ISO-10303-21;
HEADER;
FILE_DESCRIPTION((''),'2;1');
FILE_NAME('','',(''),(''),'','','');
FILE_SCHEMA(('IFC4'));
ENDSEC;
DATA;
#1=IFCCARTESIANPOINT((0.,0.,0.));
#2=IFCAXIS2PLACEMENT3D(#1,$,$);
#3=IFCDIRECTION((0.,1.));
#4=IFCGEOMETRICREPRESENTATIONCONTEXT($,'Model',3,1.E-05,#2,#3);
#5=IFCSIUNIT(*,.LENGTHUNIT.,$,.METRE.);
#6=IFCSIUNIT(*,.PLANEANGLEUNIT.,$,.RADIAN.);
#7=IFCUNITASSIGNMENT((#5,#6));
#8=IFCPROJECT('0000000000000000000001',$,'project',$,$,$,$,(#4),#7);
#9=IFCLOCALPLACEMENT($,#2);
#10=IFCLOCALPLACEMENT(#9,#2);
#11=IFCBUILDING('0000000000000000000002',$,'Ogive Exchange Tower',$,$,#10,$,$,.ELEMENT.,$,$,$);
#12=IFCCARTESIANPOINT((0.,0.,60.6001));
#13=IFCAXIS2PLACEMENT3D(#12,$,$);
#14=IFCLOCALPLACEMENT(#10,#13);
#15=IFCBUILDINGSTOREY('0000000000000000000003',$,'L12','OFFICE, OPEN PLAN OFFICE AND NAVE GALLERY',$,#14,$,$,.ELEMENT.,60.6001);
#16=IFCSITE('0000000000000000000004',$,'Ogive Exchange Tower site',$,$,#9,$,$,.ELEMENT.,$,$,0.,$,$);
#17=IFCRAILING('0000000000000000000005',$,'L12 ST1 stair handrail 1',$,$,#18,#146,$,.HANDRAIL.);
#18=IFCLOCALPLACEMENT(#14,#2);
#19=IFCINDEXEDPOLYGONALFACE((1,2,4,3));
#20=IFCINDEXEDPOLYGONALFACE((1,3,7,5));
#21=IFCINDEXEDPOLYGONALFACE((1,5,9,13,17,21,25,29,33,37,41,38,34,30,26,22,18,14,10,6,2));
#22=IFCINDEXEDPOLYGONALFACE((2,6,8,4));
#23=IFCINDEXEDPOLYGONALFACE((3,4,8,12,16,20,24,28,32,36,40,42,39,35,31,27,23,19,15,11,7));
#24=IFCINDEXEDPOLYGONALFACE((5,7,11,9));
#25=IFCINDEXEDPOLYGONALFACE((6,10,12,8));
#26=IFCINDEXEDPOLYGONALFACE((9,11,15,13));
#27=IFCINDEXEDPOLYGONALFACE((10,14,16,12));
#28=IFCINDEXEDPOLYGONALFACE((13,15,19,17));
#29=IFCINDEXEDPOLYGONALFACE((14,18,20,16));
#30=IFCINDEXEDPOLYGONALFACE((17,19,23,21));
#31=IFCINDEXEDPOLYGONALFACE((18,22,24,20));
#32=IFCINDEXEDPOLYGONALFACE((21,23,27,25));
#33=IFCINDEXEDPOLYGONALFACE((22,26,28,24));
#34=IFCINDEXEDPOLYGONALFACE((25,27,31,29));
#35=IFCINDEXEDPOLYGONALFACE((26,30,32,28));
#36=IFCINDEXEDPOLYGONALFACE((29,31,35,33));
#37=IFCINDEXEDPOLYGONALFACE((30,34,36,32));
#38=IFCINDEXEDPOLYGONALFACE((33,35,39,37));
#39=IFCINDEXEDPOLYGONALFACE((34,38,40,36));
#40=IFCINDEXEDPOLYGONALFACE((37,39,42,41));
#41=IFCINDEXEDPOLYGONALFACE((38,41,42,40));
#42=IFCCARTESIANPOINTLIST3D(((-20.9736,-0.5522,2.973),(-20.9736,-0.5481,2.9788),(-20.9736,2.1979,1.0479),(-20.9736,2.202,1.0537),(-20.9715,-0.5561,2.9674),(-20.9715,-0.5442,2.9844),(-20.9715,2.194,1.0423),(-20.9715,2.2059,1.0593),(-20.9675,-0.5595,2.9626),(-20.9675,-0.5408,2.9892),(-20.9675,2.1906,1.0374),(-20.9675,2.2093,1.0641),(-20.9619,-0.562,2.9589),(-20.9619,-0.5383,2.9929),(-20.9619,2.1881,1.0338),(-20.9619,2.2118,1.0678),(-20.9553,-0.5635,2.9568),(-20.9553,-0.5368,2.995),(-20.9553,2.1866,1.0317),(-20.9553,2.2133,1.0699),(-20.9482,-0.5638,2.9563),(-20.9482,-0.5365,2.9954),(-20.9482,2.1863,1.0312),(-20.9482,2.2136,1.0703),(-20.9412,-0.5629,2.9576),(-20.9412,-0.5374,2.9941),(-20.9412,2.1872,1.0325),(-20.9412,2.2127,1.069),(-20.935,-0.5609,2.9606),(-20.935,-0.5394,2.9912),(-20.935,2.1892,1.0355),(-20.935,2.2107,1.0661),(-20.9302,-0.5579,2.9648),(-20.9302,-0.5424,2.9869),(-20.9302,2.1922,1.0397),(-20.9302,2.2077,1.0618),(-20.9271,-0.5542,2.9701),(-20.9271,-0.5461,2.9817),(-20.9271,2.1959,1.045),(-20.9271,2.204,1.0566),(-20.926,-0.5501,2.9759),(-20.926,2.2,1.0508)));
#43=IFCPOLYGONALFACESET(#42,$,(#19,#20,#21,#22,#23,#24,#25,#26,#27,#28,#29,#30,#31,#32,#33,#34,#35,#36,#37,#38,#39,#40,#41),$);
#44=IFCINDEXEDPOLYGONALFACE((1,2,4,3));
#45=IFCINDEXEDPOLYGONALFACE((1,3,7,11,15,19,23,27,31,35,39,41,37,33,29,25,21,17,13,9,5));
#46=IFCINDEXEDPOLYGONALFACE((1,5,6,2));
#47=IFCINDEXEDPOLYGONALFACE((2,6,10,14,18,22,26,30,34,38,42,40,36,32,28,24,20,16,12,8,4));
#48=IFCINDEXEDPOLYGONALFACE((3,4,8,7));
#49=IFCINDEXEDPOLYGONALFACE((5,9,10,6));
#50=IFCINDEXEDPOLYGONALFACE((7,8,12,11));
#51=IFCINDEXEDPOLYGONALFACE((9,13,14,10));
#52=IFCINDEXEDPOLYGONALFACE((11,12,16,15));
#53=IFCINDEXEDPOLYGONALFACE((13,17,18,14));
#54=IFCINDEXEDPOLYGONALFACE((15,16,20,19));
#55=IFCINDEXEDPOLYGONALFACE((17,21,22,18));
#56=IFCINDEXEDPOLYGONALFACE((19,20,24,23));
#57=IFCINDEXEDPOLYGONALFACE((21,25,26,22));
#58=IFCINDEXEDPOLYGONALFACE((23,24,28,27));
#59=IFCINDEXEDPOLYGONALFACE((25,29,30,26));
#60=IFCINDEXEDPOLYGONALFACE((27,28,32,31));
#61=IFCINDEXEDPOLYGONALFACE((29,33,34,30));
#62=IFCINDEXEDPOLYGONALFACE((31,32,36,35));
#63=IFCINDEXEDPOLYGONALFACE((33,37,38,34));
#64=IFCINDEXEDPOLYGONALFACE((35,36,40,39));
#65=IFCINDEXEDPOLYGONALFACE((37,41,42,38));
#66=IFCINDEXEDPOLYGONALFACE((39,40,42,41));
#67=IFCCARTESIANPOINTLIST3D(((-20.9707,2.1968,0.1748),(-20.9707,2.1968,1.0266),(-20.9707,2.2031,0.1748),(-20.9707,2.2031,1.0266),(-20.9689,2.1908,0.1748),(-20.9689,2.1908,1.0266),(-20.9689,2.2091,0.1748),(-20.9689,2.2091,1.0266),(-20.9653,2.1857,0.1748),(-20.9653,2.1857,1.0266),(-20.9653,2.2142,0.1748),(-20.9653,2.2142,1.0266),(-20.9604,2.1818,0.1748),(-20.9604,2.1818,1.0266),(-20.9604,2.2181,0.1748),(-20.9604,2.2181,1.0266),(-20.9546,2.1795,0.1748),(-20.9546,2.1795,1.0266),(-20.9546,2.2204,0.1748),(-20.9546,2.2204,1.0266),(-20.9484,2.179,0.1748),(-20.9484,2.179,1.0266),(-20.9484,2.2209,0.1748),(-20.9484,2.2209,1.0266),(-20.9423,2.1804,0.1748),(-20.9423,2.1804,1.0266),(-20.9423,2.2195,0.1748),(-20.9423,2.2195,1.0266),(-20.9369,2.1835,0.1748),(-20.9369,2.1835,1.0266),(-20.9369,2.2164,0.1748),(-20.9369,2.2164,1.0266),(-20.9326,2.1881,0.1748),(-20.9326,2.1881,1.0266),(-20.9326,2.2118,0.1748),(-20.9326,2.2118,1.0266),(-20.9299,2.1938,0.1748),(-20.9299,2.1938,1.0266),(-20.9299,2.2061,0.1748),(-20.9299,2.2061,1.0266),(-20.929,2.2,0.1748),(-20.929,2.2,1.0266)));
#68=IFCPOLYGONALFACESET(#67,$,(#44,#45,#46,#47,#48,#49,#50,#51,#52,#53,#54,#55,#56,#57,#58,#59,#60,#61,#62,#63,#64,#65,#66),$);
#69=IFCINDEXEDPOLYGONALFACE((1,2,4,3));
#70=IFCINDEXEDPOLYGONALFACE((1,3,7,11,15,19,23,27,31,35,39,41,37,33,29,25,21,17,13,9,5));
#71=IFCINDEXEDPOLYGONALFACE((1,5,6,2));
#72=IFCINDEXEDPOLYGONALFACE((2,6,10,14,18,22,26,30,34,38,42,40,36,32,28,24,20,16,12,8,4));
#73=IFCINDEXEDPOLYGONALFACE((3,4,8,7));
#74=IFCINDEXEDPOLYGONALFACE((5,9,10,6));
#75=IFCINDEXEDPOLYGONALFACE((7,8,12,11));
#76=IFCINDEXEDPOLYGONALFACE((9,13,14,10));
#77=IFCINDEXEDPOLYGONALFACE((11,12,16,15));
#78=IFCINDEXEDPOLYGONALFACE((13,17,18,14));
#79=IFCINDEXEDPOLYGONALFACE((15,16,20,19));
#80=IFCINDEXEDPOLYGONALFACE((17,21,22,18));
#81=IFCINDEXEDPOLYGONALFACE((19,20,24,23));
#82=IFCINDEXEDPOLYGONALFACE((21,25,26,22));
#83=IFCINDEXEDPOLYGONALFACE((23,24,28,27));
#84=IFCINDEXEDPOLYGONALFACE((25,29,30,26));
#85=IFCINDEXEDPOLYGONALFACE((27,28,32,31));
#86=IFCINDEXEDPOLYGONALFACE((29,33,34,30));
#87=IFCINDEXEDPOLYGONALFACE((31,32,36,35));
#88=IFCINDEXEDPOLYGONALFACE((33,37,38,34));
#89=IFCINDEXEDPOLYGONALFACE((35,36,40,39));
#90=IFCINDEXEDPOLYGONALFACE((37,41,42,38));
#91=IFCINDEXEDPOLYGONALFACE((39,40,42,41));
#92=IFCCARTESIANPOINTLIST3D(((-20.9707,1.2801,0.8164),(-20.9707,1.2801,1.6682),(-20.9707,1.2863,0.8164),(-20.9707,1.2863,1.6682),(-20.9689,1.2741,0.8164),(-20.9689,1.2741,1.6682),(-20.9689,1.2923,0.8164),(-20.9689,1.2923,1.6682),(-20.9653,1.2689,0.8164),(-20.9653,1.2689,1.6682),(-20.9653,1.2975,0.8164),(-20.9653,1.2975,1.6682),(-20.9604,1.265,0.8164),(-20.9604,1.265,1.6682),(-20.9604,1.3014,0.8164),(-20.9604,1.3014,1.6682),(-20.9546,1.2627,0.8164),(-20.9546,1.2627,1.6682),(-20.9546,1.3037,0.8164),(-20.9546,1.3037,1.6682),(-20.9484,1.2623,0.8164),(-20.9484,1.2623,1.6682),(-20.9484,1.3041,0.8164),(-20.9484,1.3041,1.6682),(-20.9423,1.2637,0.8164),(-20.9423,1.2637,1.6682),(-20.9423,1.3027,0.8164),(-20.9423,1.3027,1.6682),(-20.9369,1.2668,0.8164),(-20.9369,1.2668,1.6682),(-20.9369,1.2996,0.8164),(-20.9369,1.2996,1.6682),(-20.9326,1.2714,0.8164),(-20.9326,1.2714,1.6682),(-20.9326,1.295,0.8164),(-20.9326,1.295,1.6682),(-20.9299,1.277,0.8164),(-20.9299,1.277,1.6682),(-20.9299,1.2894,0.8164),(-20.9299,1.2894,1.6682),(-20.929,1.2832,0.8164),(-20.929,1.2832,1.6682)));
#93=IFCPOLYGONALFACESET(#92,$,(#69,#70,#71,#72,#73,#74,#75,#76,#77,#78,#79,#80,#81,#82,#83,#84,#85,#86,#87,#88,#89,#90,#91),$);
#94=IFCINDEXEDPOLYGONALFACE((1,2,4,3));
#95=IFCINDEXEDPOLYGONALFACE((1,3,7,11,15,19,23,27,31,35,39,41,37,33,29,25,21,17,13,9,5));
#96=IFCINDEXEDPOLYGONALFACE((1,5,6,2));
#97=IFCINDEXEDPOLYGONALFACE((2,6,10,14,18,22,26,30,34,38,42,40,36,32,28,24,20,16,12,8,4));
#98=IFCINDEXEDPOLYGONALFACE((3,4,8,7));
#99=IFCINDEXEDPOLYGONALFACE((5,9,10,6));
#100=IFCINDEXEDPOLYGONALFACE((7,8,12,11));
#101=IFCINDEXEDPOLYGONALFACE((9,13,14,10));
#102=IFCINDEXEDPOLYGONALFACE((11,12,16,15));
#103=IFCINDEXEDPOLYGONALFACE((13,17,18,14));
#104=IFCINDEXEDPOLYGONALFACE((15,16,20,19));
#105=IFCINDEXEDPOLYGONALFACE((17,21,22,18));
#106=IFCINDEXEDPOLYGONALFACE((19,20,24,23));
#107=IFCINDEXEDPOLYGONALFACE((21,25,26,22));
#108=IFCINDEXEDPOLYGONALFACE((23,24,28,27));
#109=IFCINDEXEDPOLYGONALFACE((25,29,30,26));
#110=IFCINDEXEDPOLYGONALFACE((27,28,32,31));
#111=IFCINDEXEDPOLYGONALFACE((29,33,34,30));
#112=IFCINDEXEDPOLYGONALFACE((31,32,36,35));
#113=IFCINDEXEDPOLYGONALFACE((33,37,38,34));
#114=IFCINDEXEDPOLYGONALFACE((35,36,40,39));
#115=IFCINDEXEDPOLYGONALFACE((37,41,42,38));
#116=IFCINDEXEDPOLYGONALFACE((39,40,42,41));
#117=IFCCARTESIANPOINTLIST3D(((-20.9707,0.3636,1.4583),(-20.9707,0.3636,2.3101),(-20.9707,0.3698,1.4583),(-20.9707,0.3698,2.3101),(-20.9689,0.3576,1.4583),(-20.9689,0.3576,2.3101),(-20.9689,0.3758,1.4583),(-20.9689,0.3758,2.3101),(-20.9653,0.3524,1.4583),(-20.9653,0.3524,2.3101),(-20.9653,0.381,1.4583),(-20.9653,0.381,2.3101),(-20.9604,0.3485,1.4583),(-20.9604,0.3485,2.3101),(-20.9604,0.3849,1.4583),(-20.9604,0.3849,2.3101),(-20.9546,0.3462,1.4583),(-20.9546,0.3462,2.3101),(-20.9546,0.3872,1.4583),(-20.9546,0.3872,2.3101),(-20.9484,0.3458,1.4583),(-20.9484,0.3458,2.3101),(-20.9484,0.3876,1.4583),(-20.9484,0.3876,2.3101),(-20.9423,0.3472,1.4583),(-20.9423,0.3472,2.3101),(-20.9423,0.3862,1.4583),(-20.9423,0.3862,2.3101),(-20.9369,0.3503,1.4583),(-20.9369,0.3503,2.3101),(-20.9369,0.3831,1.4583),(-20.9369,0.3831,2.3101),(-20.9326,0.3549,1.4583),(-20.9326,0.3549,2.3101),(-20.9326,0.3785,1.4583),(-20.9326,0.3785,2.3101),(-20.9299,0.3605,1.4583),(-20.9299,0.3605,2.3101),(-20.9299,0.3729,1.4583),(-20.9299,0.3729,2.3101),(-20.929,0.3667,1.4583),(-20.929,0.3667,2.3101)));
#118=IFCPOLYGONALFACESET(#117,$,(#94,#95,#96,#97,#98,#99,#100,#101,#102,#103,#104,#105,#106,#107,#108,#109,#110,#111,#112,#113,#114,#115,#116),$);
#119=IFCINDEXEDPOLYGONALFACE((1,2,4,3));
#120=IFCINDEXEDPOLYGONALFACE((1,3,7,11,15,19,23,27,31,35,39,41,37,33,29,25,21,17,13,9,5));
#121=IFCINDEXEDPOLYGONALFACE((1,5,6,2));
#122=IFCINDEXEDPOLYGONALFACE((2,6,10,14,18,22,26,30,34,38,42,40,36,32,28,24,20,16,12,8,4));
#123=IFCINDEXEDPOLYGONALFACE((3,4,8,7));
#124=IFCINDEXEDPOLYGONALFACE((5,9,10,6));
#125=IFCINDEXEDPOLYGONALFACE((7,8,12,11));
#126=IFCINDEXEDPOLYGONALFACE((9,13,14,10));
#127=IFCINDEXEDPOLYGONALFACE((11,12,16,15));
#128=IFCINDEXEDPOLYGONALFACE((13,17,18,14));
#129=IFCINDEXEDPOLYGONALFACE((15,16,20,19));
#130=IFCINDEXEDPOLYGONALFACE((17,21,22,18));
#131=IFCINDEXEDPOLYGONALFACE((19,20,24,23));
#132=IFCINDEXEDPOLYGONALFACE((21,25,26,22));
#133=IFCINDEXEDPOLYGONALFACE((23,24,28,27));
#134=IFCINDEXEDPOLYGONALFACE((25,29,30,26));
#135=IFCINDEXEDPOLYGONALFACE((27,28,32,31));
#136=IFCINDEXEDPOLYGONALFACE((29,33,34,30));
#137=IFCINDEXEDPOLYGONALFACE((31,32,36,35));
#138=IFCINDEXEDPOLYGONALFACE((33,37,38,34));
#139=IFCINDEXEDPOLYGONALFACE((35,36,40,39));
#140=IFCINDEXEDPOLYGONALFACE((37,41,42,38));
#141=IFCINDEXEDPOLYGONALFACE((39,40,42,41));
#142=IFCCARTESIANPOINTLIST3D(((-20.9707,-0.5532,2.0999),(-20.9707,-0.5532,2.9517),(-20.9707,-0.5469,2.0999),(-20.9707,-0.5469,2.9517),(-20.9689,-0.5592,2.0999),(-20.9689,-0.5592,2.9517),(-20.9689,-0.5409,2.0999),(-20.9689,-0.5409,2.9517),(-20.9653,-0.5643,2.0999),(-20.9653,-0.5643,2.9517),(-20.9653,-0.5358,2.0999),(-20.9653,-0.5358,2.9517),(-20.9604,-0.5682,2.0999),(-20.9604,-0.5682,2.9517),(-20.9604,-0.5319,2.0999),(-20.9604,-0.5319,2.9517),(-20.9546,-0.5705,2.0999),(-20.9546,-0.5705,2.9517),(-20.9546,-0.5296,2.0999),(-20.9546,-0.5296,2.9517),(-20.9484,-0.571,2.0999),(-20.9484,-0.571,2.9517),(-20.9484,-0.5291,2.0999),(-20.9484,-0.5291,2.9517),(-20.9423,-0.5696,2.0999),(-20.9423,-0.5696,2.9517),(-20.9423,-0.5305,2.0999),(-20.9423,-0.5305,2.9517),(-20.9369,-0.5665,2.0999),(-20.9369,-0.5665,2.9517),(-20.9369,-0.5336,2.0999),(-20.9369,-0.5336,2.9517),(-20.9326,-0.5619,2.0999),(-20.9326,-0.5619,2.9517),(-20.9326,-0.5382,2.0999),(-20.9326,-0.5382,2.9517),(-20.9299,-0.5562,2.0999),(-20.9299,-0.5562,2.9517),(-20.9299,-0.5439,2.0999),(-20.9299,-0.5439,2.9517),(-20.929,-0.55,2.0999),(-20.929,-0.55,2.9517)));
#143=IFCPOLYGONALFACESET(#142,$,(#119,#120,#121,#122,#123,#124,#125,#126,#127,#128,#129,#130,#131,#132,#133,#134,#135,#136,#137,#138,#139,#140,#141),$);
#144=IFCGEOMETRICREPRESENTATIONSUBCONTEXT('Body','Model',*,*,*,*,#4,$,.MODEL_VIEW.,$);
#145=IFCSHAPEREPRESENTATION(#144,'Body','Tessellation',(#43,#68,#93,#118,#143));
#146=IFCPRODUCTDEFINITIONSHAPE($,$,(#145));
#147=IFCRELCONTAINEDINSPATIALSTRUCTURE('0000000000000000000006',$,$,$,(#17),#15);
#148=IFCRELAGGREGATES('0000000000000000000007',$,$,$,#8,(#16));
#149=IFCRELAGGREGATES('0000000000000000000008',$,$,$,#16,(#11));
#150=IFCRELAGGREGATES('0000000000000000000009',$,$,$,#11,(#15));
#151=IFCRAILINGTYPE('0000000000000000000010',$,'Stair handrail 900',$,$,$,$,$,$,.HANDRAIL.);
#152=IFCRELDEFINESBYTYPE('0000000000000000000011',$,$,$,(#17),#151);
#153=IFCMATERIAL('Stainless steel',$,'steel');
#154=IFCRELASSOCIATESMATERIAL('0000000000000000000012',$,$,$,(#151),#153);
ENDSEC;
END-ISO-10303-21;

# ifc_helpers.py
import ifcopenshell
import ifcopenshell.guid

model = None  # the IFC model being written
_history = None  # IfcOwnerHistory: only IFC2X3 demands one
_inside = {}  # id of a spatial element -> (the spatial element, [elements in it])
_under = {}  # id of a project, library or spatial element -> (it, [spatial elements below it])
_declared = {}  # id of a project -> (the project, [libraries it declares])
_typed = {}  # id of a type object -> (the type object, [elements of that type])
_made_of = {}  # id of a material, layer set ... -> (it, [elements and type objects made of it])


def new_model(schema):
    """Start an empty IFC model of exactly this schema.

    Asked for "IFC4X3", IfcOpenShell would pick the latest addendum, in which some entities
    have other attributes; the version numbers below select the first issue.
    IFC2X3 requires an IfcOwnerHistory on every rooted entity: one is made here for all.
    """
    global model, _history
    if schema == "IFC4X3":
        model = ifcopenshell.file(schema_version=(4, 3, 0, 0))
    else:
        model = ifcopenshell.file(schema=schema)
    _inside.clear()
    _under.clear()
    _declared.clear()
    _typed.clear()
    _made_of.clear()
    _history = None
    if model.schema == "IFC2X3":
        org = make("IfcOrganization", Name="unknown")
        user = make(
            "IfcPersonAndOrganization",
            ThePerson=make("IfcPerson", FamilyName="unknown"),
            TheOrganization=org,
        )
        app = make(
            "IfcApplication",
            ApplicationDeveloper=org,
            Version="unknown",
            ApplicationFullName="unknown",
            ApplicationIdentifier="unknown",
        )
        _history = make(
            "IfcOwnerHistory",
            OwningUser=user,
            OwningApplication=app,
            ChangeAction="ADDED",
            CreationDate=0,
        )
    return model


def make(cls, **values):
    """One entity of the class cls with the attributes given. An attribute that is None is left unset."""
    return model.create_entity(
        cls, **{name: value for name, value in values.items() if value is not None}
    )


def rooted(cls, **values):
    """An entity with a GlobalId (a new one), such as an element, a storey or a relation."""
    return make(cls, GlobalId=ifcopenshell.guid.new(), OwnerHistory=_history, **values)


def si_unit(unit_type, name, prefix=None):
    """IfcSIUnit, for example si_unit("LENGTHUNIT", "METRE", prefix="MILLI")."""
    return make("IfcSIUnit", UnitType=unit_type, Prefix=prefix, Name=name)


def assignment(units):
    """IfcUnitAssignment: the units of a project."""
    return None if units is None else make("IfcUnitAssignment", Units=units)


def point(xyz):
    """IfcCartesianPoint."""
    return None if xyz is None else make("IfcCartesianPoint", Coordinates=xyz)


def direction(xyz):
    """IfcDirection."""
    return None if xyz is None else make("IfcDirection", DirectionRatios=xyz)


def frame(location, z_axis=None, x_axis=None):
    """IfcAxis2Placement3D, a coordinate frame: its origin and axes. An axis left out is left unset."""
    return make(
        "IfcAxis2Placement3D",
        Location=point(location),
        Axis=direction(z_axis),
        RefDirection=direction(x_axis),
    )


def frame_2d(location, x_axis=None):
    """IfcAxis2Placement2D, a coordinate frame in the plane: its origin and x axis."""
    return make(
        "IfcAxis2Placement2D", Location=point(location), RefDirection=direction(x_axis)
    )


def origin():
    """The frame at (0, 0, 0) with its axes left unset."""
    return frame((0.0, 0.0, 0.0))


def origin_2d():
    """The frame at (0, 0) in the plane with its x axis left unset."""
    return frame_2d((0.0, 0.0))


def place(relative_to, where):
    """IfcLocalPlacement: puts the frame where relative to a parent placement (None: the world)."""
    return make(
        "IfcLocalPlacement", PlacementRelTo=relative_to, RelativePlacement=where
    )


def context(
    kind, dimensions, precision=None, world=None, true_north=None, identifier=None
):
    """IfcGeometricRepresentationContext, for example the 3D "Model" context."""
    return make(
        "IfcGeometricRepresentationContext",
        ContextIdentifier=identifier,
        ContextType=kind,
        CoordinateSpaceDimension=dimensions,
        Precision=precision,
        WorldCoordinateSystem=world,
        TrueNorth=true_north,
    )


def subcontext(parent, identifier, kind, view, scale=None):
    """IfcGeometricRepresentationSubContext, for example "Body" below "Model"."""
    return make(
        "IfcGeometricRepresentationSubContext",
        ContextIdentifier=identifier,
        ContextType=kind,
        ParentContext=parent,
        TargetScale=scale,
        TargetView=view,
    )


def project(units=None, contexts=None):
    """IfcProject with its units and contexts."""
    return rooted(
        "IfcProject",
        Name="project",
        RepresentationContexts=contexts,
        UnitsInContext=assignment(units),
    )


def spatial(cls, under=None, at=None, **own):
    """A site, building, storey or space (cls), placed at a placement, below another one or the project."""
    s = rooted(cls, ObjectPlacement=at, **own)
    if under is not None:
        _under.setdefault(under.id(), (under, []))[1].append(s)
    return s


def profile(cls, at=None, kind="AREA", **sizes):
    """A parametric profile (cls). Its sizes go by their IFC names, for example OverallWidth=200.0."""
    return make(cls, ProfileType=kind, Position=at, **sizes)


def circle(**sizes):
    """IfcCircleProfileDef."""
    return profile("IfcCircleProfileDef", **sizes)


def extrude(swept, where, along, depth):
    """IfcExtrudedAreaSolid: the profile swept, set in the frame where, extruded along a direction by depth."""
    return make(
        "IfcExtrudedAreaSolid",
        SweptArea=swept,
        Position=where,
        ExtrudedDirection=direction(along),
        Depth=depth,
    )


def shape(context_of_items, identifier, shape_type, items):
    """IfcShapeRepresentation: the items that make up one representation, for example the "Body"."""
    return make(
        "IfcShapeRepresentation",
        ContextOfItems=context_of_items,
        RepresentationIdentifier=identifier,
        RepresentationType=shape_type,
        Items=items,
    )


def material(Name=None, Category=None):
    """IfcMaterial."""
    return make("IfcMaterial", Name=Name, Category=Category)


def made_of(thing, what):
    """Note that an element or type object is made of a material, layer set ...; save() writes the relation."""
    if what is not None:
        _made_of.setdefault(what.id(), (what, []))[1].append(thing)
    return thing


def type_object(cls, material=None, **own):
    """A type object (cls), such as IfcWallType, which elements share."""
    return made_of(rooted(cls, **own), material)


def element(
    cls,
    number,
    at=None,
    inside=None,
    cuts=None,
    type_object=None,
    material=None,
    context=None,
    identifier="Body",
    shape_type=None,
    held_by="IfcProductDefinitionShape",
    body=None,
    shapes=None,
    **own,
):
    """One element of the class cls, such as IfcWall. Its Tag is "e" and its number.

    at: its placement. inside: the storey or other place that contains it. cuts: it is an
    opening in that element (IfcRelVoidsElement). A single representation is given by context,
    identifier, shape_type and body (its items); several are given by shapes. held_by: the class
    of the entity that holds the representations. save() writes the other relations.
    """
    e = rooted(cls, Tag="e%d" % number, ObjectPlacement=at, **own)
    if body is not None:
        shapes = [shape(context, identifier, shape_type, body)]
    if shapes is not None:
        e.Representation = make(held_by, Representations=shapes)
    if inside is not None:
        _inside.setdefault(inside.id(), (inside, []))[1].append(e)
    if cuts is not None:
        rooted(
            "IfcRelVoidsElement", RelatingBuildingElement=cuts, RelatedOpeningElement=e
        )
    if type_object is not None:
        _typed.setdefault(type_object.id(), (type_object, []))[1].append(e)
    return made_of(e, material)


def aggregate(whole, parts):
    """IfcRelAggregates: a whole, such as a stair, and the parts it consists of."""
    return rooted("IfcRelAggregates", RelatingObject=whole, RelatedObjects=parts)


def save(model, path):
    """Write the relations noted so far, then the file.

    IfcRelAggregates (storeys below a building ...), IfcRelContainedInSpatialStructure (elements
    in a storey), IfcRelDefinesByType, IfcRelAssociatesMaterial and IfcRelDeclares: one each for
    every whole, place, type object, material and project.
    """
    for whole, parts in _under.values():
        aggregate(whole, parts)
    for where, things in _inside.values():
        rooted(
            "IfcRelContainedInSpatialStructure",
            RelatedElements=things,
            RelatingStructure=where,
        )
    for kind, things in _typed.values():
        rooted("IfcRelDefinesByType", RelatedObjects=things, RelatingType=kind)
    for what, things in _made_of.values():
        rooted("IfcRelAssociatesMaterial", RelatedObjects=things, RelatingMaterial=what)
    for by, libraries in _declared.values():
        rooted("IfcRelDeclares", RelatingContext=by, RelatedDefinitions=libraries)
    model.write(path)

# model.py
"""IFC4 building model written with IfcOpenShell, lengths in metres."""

from ifc_helpers import new_model, si_unit, direction, frame, origin, origin_2d, place, context, subcontext, project, spatial, circle, extrude, material, type_object, element, save


model = new_model("IFC4")

# Units and contexts
model_context = context("Model", 3, precision=1e-05, world=origin(), true_north=direction((0.0, 1.0)))
body_context = subcontext(model_context, "Body", "Model", "MODEL_VIEW")
ifc_project = project(units=[si_unit("LENGTHUNIT", "METRE"), si_unit("PLANEANGLEUNIT", "RADIAN")], contexts=[model_context])

# Site, building, storey
site_placement = place(None, origin())
site = spatial("IfcSite", under=ifc_project, at=site_placement, Name="Ogive Exchange Tower site", CompositionType="ELEMENT", RefElevation=0.0)
building_placement = place(site_placement, origin())
building = spatial("IfcBuilding", under=site, at=building_placement, Name="Ogive Exchange Tower", CompositionType="ELEMENT")
storey_placement = place(building_placement, frame((0.0, 0.0, 60.6001)))
storey = spatial("IfcBuildingStorey", under=building, at=storey_placement, Name="L12", Description="OFFICE, OPEN PLAN OFFICE AND NAVE GALLERY", CompositionType="ELEMENT", Elevation=60.6001)

# Railing
ifc_material_1 = material(Name="Stainless steel", Category="steel")
railing_type = type_object("IfcRailingType", Name="Stair handrail 900", PredefinedType="HANDRAIL", material=ifc_material_1)
railing_placement = place(storey_placement, frame((-20.95, 2.2, 0.1748)))
element("IfcRailing", 1, at=railing_placement, inside=storey, type_object=railing_type, Name="L12 ST1 stair handrail 1", PredefinedType="HANDRAIL", context=body_context, shape_type="SweptSolid", body=[
    extrude(circle(Radius=0.0239, at=origin_2d()), frame((0.0, 0.0, 0.876), z_axis=(0.0, -0.819225, 0.573472), x_axis=(1.0, 0.0, 0.0)), (0.0, 0.0, 1.0), 3.3569),
    extrude(circle(Radius=0.021, at=origin_2d()), origin(), (0.0, 0.0, 1.0), 0.8518),
    extrude(circle(Radius=0.021, at=origin_2d()), frame((0.0, -0.9167, 0.6416)), (0.0, 0.0, 1.0), 0.8518),
    extrude(circle(Radius=0.021, at=origin_2d()), frame((0.0, -1.8333, 1.2834)), (0.0, 0.0, 1.0), 0.8518),
    extrude(circle(Radius=0.021, at=origin_2d()), frame((0.0, -2.75, 1.925)), (0.0, 0.0, 1.0), 0.8518),
])

save(model, "model.ifc")
